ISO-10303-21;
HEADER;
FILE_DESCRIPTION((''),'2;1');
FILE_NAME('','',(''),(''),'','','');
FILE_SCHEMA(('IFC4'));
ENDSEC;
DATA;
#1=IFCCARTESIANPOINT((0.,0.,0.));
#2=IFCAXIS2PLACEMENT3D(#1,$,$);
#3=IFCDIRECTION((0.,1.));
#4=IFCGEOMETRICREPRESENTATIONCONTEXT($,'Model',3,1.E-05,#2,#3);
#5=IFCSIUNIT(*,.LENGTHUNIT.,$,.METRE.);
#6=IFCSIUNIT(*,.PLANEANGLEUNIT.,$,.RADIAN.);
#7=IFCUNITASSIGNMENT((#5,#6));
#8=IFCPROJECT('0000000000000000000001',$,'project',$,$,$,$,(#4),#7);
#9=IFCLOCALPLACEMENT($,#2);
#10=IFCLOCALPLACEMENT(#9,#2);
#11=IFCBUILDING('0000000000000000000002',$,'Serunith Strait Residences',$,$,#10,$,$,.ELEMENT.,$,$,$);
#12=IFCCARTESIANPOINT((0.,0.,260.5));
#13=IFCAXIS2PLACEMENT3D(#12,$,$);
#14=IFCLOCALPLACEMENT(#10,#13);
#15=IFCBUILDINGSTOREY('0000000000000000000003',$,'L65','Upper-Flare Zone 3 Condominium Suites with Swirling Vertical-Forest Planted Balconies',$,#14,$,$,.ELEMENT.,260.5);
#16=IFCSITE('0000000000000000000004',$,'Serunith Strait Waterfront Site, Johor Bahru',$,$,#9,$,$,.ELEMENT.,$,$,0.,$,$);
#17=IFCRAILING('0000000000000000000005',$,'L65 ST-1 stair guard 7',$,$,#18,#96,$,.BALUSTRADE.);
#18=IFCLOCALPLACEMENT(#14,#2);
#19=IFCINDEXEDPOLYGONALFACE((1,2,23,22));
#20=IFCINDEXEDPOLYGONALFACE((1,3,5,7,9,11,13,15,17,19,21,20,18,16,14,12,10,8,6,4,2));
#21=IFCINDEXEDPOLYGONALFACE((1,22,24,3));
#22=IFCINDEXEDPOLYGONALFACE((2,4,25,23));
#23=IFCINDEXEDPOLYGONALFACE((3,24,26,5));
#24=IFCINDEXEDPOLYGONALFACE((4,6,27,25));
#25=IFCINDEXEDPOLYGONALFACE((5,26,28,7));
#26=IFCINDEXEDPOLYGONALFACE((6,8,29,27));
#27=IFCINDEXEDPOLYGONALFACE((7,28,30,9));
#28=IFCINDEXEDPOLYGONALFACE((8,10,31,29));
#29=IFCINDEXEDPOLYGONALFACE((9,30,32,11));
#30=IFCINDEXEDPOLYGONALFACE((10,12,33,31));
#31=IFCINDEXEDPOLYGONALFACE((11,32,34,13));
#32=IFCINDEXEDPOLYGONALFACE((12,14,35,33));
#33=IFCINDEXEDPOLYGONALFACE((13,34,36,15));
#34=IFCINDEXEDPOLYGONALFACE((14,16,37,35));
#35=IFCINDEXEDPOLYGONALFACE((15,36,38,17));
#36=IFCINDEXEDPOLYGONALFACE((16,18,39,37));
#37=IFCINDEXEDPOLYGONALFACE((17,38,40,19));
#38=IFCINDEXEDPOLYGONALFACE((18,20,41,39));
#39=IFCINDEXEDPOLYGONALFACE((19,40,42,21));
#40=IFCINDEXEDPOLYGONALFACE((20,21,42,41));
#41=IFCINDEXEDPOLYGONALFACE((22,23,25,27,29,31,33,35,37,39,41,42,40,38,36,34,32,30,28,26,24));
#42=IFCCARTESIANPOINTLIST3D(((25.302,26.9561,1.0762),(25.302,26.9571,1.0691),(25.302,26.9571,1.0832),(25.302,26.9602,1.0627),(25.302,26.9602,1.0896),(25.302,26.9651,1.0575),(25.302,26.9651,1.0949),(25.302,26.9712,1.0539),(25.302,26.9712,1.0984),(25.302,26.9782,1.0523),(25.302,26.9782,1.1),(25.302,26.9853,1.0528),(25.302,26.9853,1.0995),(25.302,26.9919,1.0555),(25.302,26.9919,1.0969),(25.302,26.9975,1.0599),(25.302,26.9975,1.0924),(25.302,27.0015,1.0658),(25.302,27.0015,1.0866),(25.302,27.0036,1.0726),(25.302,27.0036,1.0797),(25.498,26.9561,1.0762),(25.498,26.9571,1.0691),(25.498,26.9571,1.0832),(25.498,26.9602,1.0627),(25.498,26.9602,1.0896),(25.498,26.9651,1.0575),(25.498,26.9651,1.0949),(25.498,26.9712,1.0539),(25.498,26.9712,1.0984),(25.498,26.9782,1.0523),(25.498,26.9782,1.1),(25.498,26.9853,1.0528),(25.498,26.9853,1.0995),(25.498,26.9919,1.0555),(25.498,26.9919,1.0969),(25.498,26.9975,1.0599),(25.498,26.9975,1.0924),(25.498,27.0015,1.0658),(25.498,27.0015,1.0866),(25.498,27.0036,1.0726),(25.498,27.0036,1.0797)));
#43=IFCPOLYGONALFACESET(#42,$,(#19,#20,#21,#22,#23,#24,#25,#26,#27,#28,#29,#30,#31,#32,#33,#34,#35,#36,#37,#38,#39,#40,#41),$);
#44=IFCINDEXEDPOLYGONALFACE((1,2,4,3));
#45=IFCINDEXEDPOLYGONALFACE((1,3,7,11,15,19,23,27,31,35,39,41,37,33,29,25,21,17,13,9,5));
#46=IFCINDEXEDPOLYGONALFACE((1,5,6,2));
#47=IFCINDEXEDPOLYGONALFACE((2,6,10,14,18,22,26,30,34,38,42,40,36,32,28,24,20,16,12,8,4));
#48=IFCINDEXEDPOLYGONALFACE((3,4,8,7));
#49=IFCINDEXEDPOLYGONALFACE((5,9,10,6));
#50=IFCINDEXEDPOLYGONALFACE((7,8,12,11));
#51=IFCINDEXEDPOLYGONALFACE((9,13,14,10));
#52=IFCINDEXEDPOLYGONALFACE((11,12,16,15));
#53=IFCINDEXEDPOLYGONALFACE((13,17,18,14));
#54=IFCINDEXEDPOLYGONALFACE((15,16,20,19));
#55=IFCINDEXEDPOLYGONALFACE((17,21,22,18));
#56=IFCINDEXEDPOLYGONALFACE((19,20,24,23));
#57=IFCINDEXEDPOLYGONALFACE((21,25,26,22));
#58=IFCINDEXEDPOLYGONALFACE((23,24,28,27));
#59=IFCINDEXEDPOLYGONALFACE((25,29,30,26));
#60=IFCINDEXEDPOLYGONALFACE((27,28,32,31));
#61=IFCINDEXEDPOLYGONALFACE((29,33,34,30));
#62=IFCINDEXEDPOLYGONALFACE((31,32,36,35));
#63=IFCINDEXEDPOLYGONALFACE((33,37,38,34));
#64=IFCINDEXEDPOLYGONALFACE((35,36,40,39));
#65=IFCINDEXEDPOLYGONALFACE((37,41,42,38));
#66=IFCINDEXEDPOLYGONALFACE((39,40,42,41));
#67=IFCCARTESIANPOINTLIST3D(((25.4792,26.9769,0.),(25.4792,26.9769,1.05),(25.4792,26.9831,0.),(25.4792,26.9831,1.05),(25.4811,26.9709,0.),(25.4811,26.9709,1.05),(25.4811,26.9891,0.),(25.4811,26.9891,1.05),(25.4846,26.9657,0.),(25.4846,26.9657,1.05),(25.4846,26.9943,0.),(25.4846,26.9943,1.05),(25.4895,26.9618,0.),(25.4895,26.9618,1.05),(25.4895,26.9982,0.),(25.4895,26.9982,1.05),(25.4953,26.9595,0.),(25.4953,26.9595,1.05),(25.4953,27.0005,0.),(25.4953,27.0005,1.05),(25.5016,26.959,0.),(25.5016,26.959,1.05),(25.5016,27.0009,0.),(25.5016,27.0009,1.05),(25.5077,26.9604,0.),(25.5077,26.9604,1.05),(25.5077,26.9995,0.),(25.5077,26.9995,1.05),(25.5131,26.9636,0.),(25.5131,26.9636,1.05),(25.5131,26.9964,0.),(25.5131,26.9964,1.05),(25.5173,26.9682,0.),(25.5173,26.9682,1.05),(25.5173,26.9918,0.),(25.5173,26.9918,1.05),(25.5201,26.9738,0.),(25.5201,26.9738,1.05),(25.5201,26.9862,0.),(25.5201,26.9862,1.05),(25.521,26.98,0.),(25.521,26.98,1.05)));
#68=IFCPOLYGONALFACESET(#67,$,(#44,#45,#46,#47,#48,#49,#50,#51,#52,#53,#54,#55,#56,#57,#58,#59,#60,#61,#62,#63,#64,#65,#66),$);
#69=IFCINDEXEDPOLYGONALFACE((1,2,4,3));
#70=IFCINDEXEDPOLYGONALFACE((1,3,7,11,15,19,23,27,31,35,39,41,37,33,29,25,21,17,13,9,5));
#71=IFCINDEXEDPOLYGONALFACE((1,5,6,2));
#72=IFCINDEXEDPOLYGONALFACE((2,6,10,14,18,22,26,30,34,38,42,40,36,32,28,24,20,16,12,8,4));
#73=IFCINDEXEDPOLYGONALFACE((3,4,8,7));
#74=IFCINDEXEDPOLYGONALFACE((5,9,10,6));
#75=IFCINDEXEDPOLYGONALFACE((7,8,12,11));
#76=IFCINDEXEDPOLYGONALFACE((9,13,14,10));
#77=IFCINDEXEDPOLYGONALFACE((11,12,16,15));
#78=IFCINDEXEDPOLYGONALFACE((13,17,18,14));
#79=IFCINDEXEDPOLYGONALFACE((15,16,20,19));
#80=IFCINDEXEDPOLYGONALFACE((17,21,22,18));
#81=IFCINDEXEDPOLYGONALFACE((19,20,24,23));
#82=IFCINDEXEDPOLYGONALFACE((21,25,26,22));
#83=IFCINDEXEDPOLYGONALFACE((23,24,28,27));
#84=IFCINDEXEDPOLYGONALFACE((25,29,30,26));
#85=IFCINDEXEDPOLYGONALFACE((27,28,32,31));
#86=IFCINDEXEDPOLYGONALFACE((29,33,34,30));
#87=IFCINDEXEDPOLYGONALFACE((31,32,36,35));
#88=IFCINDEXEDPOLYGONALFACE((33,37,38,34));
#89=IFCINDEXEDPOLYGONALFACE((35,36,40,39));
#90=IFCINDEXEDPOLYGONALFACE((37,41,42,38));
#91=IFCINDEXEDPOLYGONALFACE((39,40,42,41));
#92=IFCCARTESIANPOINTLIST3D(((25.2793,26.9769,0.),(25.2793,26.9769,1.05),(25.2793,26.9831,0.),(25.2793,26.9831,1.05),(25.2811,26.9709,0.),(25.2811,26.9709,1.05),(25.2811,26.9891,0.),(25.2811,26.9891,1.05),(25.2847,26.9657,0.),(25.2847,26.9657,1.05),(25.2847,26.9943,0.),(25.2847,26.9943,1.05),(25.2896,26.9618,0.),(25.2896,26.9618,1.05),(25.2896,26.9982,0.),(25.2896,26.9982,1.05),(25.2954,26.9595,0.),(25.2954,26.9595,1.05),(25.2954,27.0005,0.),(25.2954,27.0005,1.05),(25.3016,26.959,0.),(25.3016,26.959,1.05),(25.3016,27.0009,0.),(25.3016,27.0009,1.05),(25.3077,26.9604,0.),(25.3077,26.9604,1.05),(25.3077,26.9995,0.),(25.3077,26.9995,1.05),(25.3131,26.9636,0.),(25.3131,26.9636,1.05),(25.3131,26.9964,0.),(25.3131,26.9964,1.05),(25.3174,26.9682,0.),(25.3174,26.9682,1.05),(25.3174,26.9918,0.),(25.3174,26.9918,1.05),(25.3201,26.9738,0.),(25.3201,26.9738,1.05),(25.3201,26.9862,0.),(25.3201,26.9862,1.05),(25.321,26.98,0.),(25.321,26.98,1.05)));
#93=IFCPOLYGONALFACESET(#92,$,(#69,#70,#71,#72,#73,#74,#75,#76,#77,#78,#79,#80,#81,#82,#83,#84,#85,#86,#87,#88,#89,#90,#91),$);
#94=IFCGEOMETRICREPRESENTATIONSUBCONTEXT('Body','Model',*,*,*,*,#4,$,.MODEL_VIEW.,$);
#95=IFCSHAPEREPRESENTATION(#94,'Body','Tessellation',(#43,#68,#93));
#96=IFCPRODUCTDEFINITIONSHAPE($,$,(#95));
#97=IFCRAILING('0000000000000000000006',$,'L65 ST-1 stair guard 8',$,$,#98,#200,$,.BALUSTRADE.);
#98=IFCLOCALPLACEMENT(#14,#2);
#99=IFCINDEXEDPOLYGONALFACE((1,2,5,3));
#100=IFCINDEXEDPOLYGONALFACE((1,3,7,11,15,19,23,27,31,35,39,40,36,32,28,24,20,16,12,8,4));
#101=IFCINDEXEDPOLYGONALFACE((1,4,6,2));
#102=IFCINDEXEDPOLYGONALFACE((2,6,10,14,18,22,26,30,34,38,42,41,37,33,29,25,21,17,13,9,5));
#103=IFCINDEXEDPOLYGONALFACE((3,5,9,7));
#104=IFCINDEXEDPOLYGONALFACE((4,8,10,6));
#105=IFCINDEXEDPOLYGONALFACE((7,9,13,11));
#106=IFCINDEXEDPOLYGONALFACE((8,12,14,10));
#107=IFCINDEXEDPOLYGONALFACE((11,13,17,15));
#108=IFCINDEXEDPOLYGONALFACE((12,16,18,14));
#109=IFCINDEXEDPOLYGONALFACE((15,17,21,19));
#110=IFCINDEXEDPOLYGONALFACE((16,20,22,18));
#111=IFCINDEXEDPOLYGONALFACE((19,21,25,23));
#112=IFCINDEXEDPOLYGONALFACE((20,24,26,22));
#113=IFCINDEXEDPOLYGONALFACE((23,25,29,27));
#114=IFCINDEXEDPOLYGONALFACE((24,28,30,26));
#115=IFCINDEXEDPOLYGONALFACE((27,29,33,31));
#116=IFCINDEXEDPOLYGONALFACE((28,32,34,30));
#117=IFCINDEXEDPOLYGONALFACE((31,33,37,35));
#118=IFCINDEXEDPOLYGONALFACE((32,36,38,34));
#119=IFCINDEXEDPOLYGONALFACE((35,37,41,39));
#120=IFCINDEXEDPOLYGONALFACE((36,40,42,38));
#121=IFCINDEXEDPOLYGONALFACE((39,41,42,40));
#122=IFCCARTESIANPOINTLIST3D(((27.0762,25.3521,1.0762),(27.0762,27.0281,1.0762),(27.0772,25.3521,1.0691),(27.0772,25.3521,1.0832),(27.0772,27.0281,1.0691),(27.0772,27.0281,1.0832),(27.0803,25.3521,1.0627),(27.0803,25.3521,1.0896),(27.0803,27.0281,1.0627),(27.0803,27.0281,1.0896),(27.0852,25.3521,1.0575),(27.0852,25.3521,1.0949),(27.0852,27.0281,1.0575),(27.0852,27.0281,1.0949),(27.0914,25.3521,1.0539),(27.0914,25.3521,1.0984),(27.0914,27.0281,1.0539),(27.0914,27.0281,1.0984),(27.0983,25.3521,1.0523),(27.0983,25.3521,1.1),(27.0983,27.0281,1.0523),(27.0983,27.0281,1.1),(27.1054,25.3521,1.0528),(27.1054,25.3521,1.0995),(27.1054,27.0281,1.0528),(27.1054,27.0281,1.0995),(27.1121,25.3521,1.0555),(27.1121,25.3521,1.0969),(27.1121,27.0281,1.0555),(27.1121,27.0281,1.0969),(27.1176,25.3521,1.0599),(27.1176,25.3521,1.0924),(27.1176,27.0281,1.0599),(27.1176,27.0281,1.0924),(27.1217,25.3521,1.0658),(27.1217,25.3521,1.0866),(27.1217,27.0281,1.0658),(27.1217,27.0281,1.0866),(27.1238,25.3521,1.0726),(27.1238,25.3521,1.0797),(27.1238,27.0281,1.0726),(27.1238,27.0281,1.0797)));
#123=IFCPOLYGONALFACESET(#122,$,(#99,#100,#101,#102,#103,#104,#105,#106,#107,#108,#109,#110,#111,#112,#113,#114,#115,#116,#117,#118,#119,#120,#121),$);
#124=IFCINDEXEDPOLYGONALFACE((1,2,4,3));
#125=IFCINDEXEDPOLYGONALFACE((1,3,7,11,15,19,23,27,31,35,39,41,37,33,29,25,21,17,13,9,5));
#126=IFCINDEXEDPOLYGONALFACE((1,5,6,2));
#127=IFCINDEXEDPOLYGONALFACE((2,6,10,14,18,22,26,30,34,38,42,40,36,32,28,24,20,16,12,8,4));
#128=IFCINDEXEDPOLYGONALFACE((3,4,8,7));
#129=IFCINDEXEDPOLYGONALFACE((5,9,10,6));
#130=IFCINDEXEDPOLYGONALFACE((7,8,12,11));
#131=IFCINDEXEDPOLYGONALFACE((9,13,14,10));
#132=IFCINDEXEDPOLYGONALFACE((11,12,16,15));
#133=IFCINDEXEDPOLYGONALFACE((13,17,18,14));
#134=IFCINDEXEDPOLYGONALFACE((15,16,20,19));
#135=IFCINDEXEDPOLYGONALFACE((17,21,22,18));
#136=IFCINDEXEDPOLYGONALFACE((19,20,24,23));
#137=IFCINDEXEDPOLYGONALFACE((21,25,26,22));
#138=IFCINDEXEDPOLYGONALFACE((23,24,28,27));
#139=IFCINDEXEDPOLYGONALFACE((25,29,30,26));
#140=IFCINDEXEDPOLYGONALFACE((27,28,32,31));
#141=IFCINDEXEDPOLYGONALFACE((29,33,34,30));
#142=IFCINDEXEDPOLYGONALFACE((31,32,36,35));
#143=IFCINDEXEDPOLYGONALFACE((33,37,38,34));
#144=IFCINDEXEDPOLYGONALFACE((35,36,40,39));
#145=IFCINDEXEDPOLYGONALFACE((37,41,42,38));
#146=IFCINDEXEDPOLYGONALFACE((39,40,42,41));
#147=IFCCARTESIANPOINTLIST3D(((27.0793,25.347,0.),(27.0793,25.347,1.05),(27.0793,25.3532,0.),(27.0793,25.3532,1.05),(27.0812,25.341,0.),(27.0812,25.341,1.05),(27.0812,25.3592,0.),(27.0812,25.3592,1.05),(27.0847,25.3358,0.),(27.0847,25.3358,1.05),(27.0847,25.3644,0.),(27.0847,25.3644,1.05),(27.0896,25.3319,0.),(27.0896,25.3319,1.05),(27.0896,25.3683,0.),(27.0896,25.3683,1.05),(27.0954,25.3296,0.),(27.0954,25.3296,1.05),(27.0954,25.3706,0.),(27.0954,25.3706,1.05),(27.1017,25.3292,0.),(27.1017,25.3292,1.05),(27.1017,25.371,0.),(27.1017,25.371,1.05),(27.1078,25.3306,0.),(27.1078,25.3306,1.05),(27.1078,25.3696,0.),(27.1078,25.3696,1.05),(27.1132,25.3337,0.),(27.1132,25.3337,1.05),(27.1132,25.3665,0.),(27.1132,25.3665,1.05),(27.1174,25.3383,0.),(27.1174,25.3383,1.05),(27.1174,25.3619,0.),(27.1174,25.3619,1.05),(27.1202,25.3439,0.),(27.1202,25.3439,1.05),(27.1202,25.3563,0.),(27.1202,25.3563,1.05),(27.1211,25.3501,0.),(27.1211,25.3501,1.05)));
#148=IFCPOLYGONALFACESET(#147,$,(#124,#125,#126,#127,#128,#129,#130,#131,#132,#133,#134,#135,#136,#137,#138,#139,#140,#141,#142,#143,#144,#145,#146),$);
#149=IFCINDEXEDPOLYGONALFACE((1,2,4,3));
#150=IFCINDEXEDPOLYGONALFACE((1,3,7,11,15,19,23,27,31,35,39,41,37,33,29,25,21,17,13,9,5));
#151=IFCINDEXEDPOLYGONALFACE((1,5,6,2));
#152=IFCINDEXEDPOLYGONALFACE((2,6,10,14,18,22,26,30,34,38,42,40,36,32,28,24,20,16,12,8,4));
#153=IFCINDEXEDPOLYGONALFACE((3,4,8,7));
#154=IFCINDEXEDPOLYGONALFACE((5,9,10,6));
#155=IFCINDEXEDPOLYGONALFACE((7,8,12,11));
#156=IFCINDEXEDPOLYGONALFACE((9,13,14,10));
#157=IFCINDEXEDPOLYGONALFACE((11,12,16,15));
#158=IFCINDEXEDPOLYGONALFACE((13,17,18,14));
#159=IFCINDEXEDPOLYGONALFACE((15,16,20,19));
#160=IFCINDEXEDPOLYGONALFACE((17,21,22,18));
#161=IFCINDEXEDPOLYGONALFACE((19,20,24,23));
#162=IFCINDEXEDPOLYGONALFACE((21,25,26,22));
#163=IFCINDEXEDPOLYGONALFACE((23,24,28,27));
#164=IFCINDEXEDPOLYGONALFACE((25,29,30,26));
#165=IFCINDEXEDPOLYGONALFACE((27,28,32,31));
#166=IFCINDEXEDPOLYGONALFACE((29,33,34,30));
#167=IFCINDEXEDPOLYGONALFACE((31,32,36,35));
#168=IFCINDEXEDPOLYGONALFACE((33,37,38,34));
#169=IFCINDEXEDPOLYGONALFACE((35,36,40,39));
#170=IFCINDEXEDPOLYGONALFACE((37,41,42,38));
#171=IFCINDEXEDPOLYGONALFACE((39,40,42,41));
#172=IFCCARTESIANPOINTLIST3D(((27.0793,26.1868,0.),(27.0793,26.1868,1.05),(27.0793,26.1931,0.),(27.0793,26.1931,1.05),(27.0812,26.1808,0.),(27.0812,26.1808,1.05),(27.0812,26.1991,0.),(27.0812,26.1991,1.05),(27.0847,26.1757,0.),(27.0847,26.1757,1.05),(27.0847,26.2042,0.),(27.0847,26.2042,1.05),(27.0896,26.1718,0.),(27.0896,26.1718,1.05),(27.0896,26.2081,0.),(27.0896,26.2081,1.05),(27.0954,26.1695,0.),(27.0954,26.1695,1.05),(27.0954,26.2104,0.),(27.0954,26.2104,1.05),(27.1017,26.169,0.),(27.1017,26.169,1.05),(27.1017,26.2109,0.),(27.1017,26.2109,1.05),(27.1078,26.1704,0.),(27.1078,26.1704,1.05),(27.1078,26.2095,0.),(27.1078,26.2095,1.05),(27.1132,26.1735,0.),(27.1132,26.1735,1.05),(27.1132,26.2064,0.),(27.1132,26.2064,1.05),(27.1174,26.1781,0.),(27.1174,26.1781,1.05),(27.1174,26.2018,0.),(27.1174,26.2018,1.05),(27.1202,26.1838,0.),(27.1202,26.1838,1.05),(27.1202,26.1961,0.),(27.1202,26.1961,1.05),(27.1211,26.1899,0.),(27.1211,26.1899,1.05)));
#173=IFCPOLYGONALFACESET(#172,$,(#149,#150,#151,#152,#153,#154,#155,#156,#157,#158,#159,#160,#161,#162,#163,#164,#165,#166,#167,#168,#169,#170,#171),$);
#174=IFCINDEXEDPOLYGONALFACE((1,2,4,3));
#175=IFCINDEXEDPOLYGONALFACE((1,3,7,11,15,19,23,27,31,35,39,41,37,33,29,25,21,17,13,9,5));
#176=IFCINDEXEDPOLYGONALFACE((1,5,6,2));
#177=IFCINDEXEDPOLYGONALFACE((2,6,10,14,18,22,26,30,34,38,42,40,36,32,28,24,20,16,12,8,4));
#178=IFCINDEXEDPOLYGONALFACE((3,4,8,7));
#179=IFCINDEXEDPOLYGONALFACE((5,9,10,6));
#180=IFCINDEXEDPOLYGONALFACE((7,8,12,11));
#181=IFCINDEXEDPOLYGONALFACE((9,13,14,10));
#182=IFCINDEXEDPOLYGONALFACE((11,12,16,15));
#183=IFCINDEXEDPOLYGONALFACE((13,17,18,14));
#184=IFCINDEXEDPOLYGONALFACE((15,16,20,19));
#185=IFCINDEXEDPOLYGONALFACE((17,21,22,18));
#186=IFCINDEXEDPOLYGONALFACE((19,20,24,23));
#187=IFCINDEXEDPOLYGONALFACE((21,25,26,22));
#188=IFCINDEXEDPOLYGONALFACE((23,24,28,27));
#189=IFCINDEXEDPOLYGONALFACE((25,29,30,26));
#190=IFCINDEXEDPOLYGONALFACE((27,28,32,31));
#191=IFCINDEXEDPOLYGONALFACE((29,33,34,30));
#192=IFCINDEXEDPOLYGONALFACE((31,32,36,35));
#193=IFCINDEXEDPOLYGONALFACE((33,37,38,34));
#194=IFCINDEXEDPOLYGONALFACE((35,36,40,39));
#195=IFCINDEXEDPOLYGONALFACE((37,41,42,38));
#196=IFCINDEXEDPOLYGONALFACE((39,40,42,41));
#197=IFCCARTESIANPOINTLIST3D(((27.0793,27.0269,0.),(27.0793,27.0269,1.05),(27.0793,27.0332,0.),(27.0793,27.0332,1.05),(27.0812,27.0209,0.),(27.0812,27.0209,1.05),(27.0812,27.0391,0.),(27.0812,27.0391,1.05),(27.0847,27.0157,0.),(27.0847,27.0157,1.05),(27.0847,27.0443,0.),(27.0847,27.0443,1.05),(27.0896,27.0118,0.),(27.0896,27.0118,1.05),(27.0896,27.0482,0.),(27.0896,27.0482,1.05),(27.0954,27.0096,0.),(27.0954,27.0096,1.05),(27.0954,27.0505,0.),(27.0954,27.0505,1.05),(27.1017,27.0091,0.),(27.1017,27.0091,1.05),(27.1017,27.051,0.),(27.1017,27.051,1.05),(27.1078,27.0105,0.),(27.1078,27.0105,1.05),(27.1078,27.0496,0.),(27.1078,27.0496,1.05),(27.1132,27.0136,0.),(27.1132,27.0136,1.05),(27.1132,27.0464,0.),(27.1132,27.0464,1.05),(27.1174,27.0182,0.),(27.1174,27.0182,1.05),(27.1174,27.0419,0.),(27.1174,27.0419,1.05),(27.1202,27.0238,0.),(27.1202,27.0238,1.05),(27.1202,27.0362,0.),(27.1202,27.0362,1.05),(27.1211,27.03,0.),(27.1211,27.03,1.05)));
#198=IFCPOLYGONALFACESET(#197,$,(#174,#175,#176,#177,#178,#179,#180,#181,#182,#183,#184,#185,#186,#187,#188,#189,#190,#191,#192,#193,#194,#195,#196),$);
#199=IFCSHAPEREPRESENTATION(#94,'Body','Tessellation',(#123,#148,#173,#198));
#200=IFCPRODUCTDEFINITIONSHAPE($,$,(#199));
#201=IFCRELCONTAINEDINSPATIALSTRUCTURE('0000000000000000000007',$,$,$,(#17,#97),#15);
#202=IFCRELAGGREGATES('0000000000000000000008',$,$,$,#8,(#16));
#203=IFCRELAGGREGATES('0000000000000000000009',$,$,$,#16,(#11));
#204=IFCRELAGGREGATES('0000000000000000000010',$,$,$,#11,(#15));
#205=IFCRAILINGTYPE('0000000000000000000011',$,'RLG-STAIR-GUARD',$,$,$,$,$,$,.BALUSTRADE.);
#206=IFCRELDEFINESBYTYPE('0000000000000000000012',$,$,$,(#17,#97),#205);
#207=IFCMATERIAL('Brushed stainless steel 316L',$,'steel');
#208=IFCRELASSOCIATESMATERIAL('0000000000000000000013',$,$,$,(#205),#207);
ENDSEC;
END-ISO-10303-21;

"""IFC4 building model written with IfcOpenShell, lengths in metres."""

from ifc_helpers import new_model, si_unit, direction, frame, origin, origin_2d, place, context, subcontext, project, spatial, circle, extrude, material, type_object, element, save


model = new_model("IFC4")

# Units and contexts
model_context = context("Model", 3, precision=1e-05, world=origin(), true_north=direction((0.0, 1.0)))
body_context = subcontext(model_context, "Body", "Model", "MODEL_VIEW")
ifc_project = project(units=[si_unit("LENGTHUNIT", "METRE"), si_unit("PLANEANGLEUNIT", "RADIAN")], contexts=[model_context])

# Site, building, storey
site_placement = place(None, origin())
site = spatial("IfcSite", under=ifc_project, at=site_placement, Name="Serunith Strait Waterfront Site, Johor Bahru", CompositionType="ELEMENT", RefElevation=0.0)
building_placement = place(site_placement, origin())
building = spatial("IfcBuilding", under=site, at=building_placement, Name="Serunith Strait Residences", CompositionType="ELEMENT")
storey_placement = place(building_placement, frame((0.0, 0.0, 260.5)))
storey = spatial("IfcBuildingStorey", under=building, at=storey_placement, Name="L65", Description="Upper-Flare Zone 3 Condominium Suites with Swirling Vertical-Forest Planted Balconies", CompositionType="ELEMENT", Elevation=260.5)

# Railings
ifc_material_1 = material(Name="Brushed stainless steel 316L", Category="steel")
railing_type_1 = type_object("IfcRailingType", Name="RLG-STAIR-GUARD", PredefinedType="BALUSTRADE", material=ifc_material_1)
railing_1_placement = place(storey_placement, frame((25.5, 26.98, 0.0)))
element("IfcRailing", 1, at=railing_1_placement, inside=storey, type_object=railing_type_1, Name="L65 ST-1 stair guard 7", PredefinedType="BALUSTRADE", context=body_context, shape_type="SweptSolid", body=[
    extrude(circle(Radius=0.0239, at=origin_2d()), frame((-0.002, 0.0, 1.0762), z_axis=(-1.0, 0.0, 0.0), x_axis=(0.0, -1.0, 0.0)), (0.0, 0.0, 1.0), 0.196),
    extrude(circle(Radius=0.021, at=origin_2d()), origin(), (0.0, 0.0, 1.0), 1.05),
    extrude(circle(Radius=0.021, at=origin_2d()), frame((-0.2, 0.0, 0.0)), (0.0, 0.0, 1.0), 1.05),
])
for number, where, name in (
    (2, (27.1001, 25.3501, 0.0), "L65 ST-1 stair guard 8"),
):
    element("IfcRailing", number, at=place(storey_placement, frame(where)), inside=storey, type_object=railing_type_1, Name=name, PredefinedType="BALUSTRADE", context=body_context, shape_type="SweptSolid", body=[
        extrude(circle(Radius=0.0239, at=origin_2d()), frame((0.0, 0.002, 1.0762), z_axis=(0.0, 1.0, 0.0), x_axis=(-1.0, 0.0, 0.0)), (0.0, 0.0, 1.0), 1.676),
        extrude(circle(Radius=0.021, at=origin_2d()), origin(), (0.0, 0.0, 1.0), 1.05),
        extrude(circle(Radius=0.021, at=origin_2d()), frame((0.0, 0.8398, 0.0)), (0.0, 0.0, 1.0), 1.05),
        extrude(circle(Radius=0.021, at=origin_2d()), frame((0.0, 1.6799, 0.0)), (0.0, 0.0, 1.0), 1.05),
    ])

save(model, "model.ifc")
